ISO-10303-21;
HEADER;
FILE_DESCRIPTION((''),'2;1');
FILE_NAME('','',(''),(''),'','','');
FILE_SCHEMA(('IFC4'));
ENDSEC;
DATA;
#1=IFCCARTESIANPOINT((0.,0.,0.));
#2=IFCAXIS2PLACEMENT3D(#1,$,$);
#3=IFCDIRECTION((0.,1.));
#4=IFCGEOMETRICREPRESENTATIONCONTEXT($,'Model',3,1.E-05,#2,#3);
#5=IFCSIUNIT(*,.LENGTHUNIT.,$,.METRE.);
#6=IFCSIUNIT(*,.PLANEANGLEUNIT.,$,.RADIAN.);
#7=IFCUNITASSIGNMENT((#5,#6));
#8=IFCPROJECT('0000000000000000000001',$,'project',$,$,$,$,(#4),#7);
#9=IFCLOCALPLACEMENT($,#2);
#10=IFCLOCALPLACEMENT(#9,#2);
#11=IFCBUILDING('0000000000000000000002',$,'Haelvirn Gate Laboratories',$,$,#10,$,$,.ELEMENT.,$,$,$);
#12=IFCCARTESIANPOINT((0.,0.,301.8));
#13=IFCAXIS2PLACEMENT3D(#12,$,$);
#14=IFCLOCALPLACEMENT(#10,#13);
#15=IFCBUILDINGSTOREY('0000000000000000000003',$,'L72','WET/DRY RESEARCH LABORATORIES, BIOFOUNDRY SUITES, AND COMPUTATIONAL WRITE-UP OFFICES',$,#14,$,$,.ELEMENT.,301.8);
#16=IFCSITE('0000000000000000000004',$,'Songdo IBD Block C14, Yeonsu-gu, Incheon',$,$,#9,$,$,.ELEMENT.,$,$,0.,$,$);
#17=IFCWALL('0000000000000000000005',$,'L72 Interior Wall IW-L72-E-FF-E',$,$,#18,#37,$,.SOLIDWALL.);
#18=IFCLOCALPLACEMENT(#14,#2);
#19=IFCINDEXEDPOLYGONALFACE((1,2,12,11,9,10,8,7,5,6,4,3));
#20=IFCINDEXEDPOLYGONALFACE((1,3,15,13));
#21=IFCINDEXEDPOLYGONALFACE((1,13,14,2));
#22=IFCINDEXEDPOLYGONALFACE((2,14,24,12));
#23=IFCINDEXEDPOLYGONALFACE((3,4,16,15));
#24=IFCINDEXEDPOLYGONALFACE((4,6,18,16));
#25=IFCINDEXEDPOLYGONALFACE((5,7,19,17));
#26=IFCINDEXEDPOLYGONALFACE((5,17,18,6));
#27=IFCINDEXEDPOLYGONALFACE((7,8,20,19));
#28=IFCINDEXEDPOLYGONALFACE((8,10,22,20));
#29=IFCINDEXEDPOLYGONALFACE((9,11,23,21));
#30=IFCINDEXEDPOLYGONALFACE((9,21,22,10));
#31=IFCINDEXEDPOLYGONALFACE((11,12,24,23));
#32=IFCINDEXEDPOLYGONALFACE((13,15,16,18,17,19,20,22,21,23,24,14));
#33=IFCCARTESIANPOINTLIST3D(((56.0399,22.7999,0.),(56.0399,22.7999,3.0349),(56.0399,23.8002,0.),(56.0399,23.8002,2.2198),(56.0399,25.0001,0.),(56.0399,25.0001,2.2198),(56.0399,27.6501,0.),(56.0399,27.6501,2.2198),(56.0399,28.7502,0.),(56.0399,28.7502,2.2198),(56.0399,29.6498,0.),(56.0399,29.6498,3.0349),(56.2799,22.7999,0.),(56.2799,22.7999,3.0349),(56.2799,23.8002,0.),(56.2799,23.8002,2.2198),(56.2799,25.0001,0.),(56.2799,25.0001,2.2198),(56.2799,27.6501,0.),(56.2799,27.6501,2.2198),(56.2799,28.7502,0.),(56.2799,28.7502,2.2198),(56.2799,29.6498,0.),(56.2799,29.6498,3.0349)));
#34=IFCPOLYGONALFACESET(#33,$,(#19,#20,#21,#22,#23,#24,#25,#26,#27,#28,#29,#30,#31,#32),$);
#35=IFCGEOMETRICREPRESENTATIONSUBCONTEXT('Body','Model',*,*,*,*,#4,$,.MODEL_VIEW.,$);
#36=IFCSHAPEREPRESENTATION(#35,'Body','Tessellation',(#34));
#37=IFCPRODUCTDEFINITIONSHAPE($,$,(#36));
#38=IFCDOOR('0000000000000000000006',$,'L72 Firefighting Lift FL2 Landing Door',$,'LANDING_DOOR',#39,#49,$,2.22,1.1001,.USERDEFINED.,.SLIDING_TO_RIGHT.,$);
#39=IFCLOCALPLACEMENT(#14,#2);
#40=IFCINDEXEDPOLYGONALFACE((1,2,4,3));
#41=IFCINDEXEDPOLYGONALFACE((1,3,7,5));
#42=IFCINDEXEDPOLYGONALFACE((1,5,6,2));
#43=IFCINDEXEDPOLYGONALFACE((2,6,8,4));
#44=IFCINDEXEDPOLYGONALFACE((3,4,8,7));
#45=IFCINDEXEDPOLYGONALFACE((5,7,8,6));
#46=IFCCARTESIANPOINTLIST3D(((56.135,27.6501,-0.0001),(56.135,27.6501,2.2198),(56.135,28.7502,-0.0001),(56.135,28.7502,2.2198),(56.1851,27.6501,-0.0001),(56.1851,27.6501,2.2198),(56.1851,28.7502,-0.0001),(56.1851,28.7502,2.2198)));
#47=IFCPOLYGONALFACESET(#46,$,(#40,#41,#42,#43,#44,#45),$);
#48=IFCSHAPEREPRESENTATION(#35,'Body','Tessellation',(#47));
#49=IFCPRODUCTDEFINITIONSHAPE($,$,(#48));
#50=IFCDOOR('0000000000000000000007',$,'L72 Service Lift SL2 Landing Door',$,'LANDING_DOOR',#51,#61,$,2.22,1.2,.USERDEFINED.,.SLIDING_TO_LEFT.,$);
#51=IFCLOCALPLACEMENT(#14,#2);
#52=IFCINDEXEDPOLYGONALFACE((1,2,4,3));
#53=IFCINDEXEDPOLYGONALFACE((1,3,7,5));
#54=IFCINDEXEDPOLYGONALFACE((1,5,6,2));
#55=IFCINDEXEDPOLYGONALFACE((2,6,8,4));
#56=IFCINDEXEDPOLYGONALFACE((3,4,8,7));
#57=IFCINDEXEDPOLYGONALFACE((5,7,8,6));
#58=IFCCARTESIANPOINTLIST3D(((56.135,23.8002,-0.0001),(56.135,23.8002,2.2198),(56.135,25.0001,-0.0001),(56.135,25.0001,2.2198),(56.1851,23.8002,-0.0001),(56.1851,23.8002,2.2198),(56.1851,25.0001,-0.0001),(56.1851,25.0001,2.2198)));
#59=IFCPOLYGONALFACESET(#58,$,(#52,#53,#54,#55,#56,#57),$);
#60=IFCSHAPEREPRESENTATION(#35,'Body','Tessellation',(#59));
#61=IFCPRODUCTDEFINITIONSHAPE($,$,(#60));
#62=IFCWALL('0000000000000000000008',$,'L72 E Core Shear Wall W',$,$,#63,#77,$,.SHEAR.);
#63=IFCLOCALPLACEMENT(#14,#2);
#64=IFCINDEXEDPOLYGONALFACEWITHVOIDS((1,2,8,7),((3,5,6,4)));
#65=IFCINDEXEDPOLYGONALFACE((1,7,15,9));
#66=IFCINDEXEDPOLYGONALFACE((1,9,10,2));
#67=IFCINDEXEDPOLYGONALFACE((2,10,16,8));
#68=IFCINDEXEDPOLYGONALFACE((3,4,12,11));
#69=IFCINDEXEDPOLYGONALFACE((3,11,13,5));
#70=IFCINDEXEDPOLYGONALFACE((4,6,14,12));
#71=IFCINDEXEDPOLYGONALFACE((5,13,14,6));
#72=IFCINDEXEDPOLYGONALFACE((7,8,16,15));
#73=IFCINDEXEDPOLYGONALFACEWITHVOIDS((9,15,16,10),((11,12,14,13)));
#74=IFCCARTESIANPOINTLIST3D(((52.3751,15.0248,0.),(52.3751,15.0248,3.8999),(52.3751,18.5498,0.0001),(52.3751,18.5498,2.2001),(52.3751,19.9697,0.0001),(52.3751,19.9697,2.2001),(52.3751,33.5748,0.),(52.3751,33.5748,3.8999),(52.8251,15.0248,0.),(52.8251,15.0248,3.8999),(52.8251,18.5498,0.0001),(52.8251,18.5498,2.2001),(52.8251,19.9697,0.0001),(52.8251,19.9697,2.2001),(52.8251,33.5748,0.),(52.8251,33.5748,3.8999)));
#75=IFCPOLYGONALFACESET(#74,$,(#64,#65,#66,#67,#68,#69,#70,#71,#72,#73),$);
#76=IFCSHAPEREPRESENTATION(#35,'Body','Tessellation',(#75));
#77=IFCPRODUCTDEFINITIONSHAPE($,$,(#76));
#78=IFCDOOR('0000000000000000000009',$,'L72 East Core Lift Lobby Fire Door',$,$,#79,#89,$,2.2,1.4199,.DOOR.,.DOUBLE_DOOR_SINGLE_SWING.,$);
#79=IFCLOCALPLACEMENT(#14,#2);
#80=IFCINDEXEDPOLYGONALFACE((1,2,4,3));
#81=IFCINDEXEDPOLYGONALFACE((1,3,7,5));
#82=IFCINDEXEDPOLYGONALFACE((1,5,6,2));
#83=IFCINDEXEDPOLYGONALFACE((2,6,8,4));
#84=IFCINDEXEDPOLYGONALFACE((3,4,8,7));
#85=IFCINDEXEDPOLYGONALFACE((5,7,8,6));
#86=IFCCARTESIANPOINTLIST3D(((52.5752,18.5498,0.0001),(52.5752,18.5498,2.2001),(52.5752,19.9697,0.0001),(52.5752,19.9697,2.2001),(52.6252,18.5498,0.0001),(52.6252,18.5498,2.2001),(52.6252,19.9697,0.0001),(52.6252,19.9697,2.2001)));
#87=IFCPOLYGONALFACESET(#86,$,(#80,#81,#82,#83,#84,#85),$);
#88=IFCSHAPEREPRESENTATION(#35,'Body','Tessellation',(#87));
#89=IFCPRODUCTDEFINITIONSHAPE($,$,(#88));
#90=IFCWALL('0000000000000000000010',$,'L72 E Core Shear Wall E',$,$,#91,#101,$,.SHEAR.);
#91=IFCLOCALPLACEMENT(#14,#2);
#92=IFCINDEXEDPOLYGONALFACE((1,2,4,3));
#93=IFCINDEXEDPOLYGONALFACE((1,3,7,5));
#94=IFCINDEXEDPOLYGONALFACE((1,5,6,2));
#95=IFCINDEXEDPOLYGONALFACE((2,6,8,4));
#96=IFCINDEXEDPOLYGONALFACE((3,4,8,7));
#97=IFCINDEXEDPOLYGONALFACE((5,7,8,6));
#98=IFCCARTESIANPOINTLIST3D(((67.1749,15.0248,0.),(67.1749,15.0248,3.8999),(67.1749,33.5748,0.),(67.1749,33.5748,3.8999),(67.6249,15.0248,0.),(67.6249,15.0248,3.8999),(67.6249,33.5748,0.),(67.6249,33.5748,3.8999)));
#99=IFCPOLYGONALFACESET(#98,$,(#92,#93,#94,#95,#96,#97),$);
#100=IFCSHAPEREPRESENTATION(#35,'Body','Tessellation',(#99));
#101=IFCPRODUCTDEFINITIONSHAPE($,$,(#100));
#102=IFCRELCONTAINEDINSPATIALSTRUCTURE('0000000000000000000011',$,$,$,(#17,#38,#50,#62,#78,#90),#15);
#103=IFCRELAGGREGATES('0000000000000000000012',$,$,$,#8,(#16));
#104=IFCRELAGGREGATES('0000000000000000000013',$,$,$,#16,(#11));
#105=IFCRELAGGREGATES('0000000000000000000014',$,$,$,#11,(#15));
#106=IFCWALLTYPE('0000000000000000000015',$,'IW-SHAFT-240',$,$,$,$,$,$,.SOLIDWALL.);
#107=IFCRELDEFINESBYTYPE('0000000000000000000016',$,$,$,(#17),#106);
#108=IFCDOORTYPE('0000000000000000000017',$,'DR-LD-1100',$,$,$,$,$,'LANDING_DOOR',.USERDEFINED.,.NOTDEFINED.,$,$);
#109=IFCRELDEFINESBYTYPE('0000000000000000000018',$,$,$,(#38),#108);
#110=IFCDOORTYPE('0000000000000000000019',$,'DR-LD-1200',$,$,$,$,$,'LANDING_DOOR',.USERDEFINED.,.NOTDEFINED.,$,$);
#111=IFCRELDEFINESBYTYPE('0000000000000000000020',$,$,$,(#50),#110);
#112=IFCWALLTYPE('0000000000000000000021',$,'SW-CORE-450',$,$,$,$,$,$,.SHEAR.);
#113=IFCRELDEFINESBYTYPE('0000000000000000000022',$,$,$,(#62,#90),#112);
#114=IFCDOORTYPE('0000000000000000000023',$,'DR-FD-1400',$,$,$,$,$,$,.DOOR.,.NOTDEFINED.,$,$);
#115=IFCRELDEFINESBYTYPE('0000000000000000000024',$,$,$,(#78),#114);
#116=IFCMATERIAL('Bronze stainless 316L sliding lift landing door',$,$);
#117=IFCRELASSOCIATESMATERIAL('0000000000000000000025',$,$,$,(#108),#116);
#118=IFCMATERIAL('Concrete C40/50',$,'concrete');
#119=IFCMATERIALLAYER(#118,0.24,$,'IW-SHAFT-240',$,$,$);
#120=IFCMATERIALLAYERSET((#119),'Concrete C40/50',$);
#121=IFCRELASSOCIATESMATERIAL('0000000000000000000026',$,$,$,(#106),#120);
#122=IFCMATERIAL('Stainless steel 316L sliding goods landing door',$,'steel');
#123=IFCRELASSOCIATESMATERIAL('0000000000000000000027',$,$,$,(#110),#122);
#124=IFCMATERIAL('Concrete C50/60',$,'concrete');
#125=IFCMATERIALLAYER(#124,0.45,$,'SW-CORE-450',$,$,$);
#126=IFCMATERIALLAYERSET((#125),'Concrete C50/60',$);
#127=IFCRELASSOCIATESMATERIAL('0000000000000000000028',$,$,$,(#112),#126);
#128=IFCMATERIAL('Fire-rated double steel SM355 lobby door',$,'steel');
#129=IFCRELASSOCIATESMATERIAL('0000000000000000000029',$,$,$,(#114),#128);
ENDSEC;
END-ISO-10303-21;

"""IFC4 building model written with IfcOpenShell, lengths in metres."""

from ifc_helpers import new_model, si_unit, direction, frame, frame_2d, origin, place, context, subcontext, project, spatial, rectangle, extrude, source, transform, mapped, material, layer, layer_set, type_object, type_shapes, element, fill, save


model = new_model("IFC4")

# Units and contexts
model_context = context("Model", 3, precision=1e-05, world=origin(), true_north=direction((0.0, 1.0)))
body_context = subcontext(model_context, "Body", "Model", "MODEL_VIEW")
ifc_project = project(units=[si_unit("LENGTHUNIT", "METRE"), si_unit("PLANEANGLEUNIT", "RADIAN")], contexts=[model_context])

# Site, building, storey
site_placement = place(None, origin())
site = spatial("IfcSite", under=ifc_project, at=site_placement, Name="Songdo IBD Block C14, Yeonsu-gu, Incheon", CompositionType="ELEMENT", RefElevation=0.0)
building_placement = place(site_placement, origin())
building = spatial("IfcBuilding", under=site, at=building_placement, Name="Haelvirn Gate Laboratories", CompositionType="ELEMENT")
storey_placement = place(building_placement, frame((0.0, 0.0, 301.8)))
storey = spatial("IfcBuildingStorey", under=building, at=storey_placement, Name="L72", Description="WET/DRY RESEARCH LABORATORIES, BIOFOUNDRY SUITES, AND COMPUTATIONAL WRITE-UP OFFICES", CompositionType="ELEMENT", Elevation=301.8)

# Shared definitions
ifc_material_1 = material(Name="Concrete C50/60", Category="concrete")

# Shared definitions
ifc_material_2 = material(Name="Concrete C40/50", Category="concrete")

# Shared definitions
ifc_material_3 = material(Name="Bronze stainless 316L sliding lift landing door")
door_type_1 = type_object("IfcDoorType", Name="DR-LD-1100", ElementType="LANDING_DOOR", OperationType="NOTDEFINED", PredefinedType="USERDEFINED", material=ifc_material_3)
shared_shape_1 = source(origin(), body_context, "Body", "SweptSolid", [
    extrude(rectangle(XDim=1.1001, YDim=2.22, at=frame_2d((0.55, 1.1099))), frame((0.0, 0.0249, 0.0), z_axis=(0.0, -1.0, 0.0), x_axis=(1.0, 0.0, 0.0)), (0.0, 0.0, 1.0), 0.05),
])
type_shapes(door_type_1, [shared_shape_1])

# Wall, openings, doors
ifc_layer_1 = layer(ifc_material_2, 0.24, Name="IW-SHAFT-240")
ifc_layer_set_1 = layer_set([ifc_layer_1], Name="Concrete C40/50")
wall_type_1 = type_object("IfcWallType", Name="IW-SHAFT-240", PredefinedType="SOLIDWALL", material=ifc_layer_set_1)
wall_1_placement = place(storey_placement, frame((56.1599, 22.8, 0.0), z_axis=(0.0, 0.0, 1.0), x_axis=(0.0, 1.0, 0.0)))
wall_1 = element("IfcWall", 1, at=wall_1_placement, inside=storey, type_object=wall_type_1, Name="L72 Interior Wall IW-L72-E-FF-E", PredefinedType="SOLIDWALL", context=body_context, shape_type="SweptSolid", body=[
    extrude(rectangle(XDim=6.8499, YDim=0.24, at=frame_2d((3.4248, 0.0))), origin(), (0.0, 0.0, 1.0), 3.0349),
])
opening_1_placement = place(wall_1_placement, frame((4.8501, 0.0, 0.0)))
opening_1 = element("IfcOpeningElement", 2, at=opening_1_placement, cuts=wall_1, PredefinedType="OPENING", context=body_context, shape_type="SweptSolid", body=[
    extrude(rectangle(XDim=1.1001, YDim=2.22, at=frame_2d((0.55, 1.1099))), frame((0.0, 0.1299, 0.0), z_axis=(0.0, -1.0, 0.0), x_axis=(1.0, 0.0, 0.0)), (0.0, 0.0, 1.0), 0.26),
])
opening_2_placement = place(wall_1_placement, frame((1.0, 0.0, 0.0)))
opening_2 = element("IfcOpeningElement", 3, at=opening_2_placement, cuts=wall_1, PredefinedType="OPENING", context=body_context, shape_type="SweptSolid", body=[
    extrude(rectangle(XDim=1.2, YDim=2.22, at=frame_2d((0.6001, 1.1099))), frame((0.0, 0.1299, 0.0), z_axis=(0.0, -1.0, 0.0), x_axis=(1.0, 0.0, 0.0)), (0.0, 0.0, 1.0), 0.26),
])
door_1_placement = place(opening_1_placement, origin())
door_1 = element("IfcDoor", 4, at=door_1_placement, inside=storey, type_object=door_type_1, Name="L72 Firefighting Lift FL2 Landing Door", ObjectType="LANDING_DOOR", OperationType="SLIDING_TO_RIGHT", OverallHeight=2.22, OverallWidth=1.1001, PredefinedType="USERDEFINED", context=body_context, shape_type="MappedRepresentation", body=[
    mapped(shared_shape_1, transform((0.0, 0.0, 0.0), scale=1.0)),
])
fill(opening_1, door_1)
ifc_material_4 = material(Name="Stainless steel 316L sliding goods landing door", Category="steel")
door_type_2 = type_object("IfcDoorType", Name="DR-LD-1200", ElementType="LANDING_DOOR", OperationType="NOTDEFINED", PredefinedType="USERDEFINED", material=ifc_material_4)
shared_shape_2 = source(origin(), body_context, "Body", "SweptSolid", [
    extrude(rectangle(XDim=1.2, YDim=2.22, at=frame_2d((0.6001, 1.1099))), frame((0.0, 0.0249, 0.0), z_axis=(0.0, -1.0, 0.0), x_axis=(1.0, 0.0, 0.0)), (0.0, 0.0, 1.0), 0.05),
])
type_shapes(door_type_2, [shared_shape_2])
door_2_placement = place(opening_2_placement, origin())
door_2 = element("IfcDoor", 5, at=door_2_placement, inside=storey, type_object=door_type_2, Name="L72 Service Lift SL2 Landing Door", ObjectType="LANDING_DOOR", OperationType="SLIDING_TO_LEFT", OverallHeight=2.22, OverallWidth=1.2, PredefinedType="USERDEFINED", context=body_context, shape_type="MappedRepresentation", body=[
    mapped(shared_shape_2, transform((0.0, 0.0, 0.0), scale=1.0)),
])
fill(opening_2, door_2)

# Wall, opening, door
ifc_layer_2 = layer(ifc_material_1, 0.45, Name="SW-CORE-450")
ifc_layer_set_2 = layer_set([ifc_layer_2], Name="Concrete C50/60")
wall_type_2 = type_object("IfcWallType", Name="SW-CORE-450", PredefinedType="SHEAR", material=ifc_layer_set_2)
wall_2_placement = place(storey_placement, frame((52.6001, 15.0249, 0.0), z_axis=(0.0, 0.0, 1.0), x_axis=(0.0, 1.0, 0.0)))
wall_2 = element("IfcWall", 6, at=wall_2_placement, inside=storey, type_object=wall_type_2, Name="L72 E Core Shear Wall W", PredefinedType="SHEAR", context=body_context, shape_type="SweptSolid", body=[
    extrude(rectangle(XDim=18.55, YDim=0.45, at=frame_2d((9.2749, 0.0))), origin(), (0.0, 0.0, 1.0), 3.8999),
])
opening_3_placement = place(wall_2_placement, frame((3.5249, 0.0, 0.0)))
opening_3 = element("IfcOpeningElement", 7, at=opening_3_placement, cuts=wall_2, PredefinedType="OPENING", context=body_context, shape_type="SweptSolid", body=[
    extrude(rectangle(XDim=1.4199, YDim=2.2, at=frame_2d((0.71, 1.1001))), frame((0.0, 0.2349, 0.0), z_axis=(0.0, -1.0, 0.0), x_axis=(1.0, 0.0, 0.0)), (0.0, 0.0, 1.0), 0.47),
])
ifc_material_5 = material(Name="Fire-rated double steel SM355 lobby door", Category="steel")
door_type_3 = type_object("IfcDoorType", Name="DR-FD-1400", OperationType="NOTDEFINED", PredefinedType="DOOR", material=ifc_material_5)
shared_shape_3 = source(origin(), body_context, "Body", "SweptSolid", [
    extrude(rectangle(XDim=1.4199, YDim=2.2, at=frame_2d((0.71, 1.1001))), frame((0.0, 0.0249, 0.0), z_axis=(0.0, -1.0, 0.0), x_axis=(1.0, 0.0, 0.0)), (0.0, 0.0, 1.0), 0.05),
])
type_shapes(door_type_3, [shared_shape_3])
door_3_placement = place(opening_3_placement, origin())
door_3 = element("IfcDoor", 8, at=door_3_placement, inside=storey, type_object=door_type_3, Name="L72 East Core Lift Lobby Fire Door", OperationType="DOUBLE_DOOR_SINGLE_SWING", OverallHeight=2.2, OverallWidth=1.4199, PredefinedType="DOOR", context=body_context, shape_type="MappedRepresentation", body=[
    mapped(shared_shape_3, transform((0.0, 0.0, 0.0), scale=1.0)),
])
fill(opening_3, door_3)

# Wall
wall_3_placement = place(storey_placement, frame((67.3999, 15.0249, 0.0), z_axis=(0.0, 0.0, 1.0), x_axis=(0.0, 1.0, 0.0)))
element("IfcWall", 9, at=wall_3_placement, inside=storey, type_object=wall_type_2, Name="L72 E Core Shear Wall E", PredefinedType="SHEAR", context=body_context, shape_type="SweptSolid", body=[
    extrude(rectangle(XDim=18.55, YDim=0.45, at=frame_2d((9.2749, 0.0))), origin(), (0.0, 0.0, 1.0), 3.8999),
])

save(model, "model.ifc")
